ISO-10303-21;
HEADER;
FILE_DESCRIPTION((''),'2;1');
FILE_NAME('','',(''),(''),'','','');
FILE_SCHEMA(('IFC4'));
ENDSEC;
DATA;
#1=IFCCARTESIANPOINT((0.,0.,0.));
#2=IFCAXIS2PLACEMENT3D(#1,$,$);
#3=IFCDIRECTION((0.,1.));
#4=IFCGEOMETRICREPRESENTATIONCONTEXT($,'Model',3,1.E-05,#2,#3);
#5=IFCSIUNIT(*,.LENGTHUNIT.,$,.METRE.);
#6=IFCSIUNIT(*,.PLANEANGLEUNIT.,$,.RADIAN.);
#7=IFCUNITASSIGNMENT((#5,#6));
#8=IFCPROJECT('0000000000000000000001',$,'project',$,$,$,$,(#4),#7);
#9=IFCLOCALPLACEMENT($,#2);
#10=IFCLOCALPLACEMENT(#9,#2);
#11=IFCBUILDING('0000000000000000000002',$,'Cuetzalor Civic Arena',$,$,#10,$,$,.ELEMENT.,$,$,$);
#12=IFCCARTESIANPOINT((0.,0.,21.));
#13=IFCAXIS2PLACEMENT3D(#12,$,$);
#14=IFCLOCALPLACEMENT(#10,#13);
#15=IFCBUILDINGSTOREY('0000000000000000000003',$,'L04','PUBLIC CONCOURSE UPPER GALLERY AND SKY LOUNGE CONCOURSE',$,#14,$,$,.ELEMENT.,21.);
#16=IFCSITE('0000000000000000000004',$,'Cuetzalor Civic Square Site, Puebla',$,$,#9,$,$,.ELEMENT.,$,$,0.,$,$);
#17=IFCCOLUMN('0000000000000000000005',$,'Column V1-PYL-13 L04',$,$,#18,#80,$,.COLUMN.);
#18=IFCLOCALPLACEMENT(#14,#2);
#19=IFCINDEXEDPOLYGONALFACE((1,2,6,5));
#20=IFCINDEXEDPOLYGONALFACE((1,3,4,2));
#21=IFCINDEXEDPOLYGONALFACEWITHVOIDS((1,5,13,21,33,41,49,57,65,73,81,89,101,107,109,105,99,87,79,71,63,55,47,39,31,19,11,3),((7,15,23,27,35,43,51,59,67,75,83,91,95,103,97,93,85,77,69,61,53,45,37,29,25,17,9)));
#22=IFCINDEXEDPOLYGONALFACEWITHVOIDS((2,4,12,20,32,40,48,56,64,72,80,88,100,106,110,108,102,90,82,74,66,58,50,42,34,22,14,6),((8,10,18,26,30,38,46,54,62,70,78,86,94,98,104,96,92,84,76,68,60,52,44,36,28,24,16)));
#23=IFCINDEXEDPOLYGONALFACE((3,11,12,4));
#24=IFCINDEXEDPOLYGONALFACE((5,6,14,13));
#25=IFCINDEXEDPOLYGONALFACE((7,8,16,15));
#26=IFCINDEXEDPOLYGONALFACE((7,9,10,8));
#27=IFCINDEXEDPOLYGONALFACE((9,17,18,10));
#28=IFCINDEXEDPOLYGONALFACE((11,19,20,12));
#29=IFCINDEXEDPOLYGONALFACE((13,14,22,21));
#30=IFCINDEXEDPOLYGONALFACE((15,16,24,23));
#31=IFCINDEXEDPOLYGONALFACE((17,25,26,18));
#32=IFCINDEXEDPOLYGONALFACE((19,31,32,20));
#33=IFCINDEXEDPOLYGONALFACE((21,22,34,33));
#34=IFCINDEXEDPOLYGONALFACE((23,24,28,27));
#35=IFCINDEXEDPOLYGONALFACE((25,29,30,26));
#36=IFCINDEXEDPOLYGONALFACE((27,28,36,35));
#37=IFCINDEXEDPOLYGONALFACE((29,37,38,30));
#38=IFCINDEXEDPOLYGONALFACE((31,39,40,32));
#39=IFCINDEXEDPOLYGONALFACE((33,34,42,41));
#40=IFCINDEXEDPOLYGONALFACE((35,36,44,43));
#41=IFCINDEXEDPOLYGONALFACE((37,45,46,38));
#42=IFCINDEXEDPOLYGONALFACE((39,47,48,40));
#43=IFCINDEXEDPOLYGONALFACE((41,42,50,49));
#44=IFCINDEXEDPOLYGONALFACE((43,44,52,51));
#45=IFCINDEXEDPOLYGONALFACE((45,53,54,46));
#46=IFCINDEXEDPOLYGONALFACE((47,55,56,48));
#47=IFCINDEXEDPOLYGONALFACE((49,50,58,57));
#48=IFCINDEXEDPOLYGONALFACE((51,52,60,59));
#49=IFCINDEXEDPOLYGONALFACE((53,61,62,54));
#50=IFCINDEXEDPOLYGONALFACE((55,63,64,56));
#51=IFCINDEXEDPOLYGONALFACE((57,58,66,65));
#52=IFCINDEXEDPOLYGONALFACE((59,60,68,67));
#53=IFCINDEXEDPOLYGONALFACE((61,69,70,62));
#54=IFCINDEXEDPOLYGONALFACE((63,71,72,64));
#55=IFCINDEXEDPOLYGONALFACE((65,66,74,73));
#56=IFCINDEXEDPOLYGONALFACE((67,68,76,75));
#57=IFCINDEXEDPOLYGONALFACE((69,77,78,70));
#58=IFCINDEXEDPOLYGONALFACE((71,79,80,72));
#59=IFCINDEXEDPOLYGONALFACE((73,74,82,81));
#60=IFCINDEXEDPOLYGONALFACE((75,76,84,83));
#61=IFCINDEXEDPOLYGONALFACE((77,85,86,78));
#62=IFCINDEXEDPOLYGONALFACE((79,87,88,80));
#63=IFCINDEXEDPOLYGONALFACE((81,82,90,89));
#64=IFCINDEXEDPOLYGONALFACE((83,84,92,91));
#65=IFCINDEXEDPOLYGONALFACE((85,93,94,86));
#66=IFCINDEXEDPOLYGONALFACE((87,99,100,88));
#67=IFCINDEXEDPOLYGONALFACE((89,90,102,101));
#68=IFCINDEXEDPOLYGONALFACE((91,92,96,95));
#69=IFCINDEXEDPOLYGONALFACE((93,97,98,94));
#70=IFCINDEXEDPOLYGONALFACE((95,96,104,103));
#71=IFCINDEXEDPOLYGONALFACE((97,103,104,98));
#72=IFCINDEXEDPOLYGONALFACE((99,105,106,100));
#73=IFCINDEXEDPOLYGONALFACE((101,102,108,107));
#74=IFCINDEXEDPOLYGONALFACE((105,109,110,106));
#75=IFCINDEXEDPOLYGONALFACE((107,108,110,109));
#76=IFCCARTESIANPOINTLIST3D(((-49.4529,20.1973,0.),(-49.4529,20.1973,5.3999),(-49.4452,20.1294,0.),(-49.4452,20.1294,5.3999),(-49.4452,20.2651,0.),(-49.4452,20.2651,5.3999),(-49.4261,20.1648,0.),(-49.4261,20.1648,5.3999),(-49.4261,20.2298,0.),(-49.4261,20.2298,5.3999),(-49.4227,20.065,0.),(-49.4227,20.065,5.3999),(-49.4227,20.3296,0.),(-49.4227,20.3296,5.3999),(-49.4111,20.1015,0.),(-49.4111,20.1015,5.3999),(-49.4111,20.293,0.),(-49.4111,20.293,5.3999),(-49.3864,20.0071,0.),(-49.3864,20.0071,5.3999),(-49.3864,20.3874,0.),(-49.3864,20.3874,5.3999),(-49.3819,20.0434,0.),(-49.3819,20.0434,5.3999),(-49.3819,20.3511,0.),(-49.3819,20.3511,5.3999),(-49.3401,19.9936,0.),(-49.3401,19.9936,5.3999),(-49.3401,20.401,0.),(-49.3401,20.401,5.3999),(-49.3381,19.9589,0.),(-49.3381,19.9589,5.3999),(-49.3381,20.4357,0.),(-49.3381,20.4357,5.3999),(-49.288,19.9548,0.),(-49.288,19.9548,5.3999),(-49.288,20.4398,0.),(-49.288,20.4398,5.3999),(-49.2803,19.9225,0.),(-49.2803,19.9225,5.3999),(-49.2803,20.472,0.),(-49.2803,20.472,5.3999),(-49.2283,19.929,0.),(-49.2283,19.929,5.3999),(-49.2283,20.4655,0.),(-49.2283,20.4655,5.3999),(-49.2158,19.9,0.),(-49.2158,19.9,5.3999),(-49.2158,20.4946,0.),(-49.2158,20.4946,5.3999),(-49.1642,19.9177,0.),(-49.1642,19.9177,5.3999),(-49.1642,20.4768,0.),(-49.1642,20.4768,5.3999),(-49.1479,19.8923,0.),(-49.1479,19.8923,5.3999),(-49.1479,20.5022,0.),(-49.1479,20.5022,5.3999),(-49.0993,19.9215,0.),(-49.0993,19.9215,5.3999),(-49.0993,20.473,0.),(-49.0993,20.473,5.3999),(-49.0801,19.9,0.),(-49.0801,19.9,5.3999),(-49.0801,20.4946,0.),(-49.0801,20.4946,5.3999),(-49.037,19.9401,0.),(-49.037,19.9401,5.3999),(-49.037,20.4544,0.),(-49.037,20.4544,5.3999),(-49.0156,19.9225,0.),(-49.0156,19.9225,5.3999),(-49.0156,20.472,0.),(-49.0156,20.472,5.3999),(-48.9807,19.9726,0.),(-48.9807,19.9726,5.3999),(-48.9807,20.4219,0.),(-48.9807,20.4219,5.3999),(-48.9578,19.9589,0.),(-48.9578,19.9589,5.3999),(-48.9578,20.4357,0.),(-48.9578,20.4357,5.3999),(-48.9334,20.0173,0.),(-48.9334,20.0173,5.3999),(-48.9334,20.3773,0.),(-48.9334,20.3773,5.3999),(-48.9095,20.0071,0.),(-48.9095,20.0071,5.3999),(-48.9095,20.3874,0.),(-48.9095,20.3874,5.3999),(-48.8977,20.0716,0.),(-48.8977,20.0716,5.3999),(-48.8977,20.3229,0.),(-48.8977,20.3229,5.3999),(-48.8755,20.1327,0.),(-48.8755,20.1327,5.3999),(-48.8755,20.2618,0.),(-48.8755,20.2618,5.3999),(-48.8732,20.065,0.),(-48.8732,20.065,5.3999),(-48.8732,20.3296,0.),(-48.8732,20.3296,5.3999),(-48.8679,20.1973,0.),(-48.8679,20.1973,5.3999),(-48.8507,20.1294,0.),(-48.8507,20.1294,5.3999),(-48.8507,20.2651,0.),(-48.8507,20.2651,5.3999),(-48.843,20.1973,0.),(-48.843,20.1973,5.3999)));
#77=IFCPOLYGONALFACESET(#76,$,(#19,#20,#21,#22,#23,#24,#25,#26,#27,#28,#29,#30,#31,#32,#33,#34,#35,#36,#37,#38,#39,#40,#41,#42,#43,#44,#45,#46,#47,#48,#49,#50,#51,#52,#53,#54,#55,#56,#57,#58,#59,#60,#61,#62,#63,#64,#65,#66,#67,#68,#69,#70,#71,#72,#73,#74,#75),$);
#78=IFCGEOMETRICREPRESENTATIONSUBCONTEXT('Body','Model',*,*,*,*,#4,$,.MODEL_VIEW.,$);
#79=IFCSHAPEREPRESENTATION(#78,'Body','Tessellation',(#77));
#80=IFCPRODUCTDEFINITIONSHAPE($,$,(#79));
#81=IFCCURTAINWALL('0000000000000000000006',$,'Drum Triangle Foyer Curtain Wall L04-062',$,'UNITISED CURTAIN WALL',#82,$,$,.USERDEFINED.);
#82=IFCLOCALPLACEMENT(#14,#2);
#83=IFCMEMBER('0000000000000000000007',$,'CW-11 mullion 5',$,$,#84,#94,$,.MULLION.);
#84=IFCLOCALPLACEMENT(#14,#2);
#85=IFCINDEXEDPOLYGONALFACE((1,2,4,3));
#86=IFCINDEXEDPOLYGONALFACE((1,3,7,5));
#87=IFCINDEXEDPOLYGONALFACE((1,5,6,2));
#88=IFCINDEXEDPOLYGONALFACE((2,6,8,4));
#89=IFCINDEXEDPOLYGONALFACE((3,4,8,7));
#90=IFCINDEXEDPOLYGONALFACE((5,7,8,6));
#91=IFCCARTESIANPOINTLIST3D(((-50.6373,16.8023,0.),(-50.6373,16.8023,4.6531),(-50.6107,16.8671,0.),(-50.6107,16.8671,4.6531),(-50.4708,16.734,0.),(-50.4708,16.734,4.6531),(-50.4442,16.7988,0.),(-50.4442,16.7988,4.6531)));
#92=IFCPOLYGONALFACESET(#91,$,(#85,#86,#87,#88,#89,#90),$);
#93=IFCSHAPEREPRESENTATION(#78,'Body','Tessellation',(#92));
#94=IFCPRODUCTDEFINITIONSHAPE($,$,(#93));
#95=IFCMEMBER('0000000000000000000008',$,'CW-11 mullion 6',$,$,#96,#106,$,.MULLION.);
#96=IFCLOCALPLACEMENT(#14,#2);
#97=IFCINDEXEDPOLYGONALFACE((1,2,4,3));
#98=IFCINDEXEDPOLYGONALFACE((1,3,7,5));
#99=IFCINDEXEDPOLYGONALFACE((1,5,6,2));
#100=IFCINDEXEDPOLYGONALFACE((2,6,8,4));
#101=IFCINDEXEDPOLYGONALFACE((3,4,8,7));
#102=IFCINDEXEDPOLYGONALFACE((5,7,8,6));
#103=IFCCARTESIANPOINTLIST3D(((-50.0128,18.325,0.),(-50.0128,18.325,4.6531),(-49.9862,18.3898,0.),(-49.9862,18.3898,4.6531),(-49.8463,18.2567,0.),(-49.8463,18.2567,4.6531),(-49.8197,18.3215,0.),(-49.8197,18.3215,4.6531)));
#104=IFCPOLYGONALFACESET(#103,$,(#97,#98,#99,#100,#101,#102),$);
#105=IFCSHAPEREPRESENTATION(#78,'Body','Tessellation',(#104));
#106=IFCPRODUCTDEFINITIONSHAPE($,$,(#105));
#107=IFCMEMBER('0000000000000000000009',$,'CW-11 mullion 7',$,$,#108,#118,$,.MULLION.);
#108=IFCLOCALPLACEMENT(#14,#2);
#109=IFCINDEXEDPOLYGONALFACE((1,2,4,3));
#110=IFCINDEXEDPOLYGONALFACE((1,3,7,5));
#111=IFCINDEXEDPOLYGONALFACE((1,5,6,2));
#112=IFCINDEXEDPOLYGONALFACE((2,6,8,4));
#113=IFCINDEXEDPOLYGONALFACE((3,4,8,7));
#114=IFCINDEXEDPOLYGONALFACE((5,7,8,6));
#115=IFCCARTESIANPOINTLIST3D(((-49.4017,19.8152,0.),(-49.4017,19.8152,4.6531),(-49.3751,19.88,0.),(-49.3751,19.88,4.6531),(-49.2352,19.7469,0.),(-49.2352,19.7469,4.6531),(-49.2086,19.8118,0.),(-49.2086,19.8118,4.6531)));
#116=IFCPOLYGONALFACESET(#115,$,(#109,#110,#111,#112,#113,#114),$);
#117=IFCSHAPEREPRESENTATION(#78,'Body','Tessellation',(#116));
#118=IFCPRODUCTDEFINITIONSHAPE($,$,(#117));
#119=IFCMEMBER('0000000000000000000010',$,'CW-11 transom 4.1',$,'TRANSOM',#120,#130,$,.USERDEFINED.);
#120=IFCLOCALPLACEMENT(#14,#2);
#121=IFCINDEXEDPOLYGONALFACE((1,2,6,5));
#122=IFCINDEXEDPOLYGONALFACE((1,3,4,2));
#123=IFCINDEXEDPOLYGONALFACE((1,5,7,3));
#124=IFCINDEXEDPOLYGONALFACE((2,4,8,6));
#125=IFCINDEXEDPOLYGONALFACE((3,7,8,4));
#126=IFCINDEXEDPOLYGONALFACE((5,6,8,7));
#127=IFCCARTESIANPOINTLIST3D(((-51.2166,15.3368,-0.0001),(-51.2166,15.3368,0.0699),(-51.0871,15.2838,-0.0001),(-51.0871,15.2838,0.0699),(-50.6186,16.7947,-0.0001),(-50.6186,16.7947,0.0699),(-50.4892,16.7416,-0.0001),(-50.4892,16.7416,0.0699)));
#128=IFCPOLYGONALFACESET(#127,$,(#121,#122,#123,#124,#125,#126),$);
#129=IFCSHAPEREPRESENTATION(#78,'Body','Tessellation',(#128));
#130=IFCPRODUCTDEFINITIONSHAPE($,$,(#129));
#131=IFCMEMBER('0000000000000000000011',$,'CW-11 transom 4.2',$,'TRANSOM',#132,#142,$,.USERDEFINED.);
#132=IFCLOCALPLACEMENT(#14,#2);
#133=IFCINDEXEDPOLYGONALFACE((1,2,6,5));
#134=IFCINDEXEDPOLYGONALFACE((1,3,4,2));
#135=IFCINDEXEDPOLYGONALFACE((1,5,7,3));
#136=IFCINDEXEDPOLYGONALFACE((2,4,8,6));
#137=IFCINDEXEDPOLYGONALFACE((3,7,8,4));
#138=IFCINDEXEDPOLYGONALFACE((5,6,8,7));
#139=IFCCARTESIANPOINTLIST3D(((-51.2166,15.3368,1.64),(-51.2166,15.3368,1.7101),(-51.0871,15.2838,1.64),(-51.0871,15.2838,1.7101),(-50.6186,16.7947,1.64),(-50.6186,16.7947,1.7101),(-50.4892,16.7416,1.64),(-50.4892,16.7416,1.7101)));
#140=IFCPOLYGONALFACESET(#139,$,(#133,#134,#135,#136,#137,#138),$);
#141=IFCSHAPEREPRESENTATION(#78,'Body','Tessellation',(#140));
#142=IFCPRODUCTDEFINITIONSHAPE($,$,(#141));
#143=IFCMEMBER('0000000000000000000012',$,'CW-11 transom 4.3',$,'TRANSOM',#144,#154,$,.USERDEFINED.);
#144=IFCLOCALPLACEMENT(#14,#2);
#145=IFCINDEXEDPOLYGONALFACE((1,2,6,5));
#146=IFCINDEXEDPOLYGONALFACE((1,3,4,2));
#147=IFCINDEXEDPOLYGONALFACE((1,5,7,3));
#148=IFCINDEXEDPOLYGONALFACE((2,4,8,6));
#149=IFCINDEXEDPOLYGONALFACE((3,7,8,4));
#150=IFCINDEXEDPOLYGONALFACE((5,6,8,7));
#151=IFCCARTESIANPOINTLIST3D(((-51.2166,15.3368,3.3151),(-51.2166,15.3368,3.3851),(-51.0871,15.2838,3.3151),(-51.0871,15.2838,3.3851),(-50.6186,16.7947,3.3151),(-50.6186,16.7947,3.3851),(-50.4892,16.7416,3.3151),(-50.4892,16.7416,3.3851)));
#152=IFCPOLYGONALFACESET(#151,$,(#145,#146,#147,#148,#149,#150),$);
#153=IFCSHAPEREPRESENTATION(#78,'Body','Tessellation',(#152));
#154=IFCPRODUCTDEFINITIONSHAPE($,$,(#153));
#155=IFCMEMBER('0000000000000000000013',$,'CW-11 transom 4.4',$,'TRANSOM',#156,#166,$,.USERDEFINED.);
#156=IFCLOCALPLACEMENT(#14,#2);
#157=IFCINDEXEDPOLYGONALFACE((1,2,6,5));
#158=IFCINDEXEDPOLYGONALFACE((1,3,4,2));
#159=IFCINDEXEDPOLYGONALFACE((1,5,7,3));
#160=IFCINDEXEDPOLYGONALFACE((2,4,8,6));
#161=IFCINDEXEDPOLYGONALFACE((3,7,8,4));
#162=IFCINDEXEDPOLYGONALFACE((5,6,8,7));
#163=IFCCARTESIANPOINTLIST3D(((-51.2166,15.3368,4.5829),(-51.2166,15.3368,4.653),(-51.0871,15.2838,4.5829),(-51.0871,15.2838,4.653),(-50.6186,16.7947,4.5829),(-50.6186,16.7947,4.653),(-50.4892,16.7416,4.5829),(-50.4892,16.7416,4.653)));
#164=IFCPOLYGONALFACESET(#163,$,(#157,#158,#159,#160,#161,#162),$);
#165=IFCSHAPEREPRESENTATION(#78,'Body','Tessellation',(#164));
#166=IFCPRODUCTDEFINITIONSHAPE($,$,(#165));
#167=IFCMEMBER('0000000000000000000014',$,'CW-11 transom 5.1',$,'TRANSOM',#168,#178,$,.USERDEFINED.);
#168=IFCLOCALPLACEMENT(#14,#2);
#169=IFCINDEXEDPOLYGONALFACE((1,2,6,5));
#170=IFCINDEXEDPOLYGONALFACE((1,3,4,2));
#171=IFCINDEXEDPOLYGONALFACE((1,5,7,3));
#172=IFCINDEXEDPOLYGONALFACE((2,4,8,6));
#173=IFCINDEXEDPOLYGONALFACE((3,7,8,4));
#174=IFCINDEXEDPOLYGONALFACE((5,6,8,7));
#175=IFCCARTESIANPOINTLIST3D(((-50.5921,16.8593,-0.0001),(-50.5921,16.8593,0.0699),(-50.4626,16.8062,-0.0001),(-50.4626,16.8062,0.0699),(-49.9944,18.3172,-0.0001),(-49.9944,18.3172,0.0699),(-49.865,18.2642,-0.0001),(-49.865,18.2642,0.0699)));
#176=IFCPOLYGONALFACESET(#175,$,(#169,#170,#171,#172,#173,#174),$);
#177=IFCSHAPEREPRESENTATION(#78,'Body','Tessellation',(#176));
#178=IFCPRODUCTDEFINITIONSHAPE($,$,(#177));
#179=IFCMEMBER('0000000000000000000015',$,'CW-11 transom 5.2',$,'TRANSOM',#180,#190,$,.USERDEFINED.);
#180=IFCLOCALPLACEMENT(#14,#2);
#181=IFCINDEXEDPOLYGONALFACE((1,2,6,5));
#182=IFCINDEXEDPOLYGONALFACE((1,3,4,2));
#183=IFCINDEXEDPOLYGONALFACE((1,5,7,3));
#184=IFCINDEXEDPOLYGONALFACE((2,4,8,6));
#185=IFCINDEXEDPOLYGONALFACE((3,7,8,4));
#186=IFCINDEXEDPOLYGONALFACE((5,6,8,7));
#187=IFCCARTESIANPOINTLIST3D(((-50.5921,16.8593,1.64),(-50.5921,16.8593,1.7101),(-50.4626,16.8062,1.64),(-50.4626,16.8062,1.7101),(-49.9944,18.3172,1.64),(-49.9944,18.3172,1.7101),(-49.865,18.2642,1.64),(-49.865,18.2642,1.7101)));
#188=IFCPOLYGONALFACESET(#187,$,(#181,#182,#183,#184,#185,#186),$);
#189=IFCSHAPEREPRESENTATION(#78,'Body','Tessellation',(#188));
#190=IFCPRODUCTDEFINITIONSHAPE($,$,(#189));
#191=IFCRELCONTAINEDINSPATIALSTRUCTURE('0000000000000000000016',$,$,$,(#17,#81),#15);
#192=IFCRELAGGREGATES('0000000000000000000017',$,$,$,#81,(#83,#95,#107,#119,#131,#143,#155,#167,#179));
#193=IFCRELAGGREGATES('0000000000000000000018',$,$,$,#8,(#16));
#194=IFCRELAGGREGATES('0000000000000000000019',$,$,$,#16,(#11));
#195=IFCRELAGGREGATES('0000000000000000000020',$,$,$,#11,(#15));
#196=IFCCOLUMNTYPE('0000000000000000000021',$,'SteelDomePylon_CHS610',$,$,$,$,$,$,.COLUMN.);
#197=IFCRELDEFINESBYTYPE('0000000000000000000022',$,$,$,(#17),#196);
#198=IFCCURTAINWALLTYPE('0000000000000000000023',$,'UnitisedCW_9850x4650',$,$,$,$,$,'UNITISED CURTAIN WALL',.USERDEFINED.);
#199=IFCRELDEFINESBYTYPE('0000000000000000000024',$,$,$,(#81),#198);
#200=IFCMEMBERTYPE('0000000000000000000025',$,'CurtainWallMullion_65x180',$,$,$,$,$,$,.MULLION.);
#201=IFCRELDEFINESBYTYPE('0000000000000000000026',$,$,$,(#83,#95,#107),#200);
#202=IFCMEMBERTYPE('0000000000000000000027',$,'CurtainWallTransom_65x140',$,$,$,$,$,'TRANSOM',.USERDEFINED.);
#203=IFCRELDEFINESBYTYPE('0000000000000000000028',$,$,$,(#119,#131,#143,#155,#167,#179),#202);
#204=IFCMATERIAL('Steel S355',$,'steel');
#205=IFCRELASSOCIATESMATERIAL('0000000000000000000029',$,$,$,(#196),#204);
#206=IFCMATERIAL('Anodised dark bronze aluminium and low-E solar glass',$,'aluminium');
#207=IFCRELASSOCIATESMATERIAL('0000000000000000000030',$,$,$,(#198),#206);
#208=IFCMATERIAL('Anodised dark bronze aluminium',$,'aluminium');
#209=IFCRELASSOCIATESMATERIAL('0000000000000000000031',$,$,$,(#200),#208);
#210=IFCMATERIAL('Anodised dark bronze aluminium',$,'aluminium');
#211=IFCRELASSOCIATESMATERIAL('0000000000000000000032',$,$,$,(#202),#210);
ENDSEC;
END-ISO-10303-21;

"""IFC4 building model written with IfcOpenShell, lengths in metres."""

from ifc_helpers import new_model, si_unit, direction, frame, origin, origin_2d, place, context, subcontext, project, spatial, rectangle, hollow_circle, extrude, material, material_profile, profile_set, type_object, element, aggregate, save


model = new_model("IFC4")

# Units and contexts
model_context = context("Model", 3, precision=1e-05, world=origin(), true_north=direction((0.0, 1.0)))
body_context = subcontext(model_context, "Body", "Model", "MODEL_VIEW")
ifc_project = project(units=[si_unit("LENGTHUNIT", "METRE"), si_unit("PLANEANGLEUNIT", "RADIAN")], contexts=[model_context])

# Site, building, storey
site_placement = place(None, origin())
site = spatial("IfcSite", under=ifc_project, at=site_placement, Name="Cuetzalor Civic Square Site, Puebla", CompositionType="ELEMENT", RefElevation=0.0)
building_placement = place(site_placement, origin())
building = spatial("IfcBuilding", under=site, at=building_placement, Name="Cuetzalor Civic Arena", CompositionType="ELEMENT")
storey_placement = place(building_placement, frame((0.0, 0.0, 21.0)))
storey = spatial("IfcBuildingStorey", under=building, at=storey_placement, Name="L04", Description="PUBLIC CONCOURSE UPPER GALLERY AND SKY LOUNGE CONCOURSE", CompositionType="ELEMENT", Elevation=21.0)

# Column
ifc_material_1 = material(Name="Steel S355", Category="steel")
ifc_material_profile_1 = material_profile(ifc_material_1, hollow_circle(Radius=0.3049, WallThickness=0.0249, at=origin_2d()), Name="CHS 610x25")
ifc_profile_set_1 = profile_set([ifc_material_profile_1], Name="Steel S355")
column_type = type_object("IfcColumnType", Name="SteelDomePylon_CHS610", PredefinedType="COLUMN", material=ifc_profile_set_1)
column_placement = place(storey_placement, frame((-49.1479, 20.1973, 0.0), z_axis=(0.0, 0.0, 1.0), x_axis=(1.0, 0.0, 0.0)))
element("IfcColumn", 1, at=column_placement, inside=storey, type_object=column_type, Name="Column V1-PYL-13 L04", PredefinedType="COLUMN", context=body_context, shape_type="SweptSolid", body=[
    extrude(hollow_circle(Radius=0.3049, WallThickness=0.0249, at=origin_2d()), origin(), (0.0, 0.0, 1.0), 5.3999),
])

# Curtain wall, members
ifc_material_2 = material(Name="Anodised dark bronze aluminium and low-E solar glass", Category="aluminium")
curtain_wall_type = type_object("IfcCurtainWallType", Name="UnitisedCW_9850x4650", ElementType="UNITISED CURTAIN WALL", PredefinedType="USERDEFINED", material=ifc_material_2)
curtain_wall_placement = place(storey_placement, origin())
curtain_wall = element("IfcCurtainWall", 2, at=curtain_wall_placement, inside=storey, type_object=curtain_wall_type, Name="Drum Triangle Foyer Curtain Wall L04-062", ObjectType="UNITISED CURTAIN WALL", PredefinedType="USERDEFINED")
ifc_material_3 = material(Name="Anodised dark bronze aluminium", Category="aluminium")
ifc_material_profile_2 = material_profile(ifc_material_3, rectangle(XDim=0.0701, YDim=0.1799, at=origin_2d()), Name="ALU MULLION 70x180")
ifc_profile_set_2 = profile_set([ifc_material_profile_2], Name="Anodised dark bronze aluminium")
member_type_1 = type_object("IfcMemberType", Name="CurtainWallMullion_65x180", PredefinedType="MULLION", material=ifc_profile_set_2)
member_1_placement = place(storey_placement, frame((-50.5408, 16.8005, 0.0), z_axis=(0.0, 0.0, 1.0), x_axis=(0.379391, 0.925236, 0.0)))
member_1 = element("IfcMember", 3, at=member_1_placement, type_object=member_type_1, Name="CW-11 mullion 5", PredefinedType="MULLION", context=body_context, shape_type="SweptSolid", body=[
    extrude(rectangle(XDim=0.0701, YDim=0.1799, at=origin_2d()), origin(), (0.0, 0.0, 1.0), 4.6531),
])
member_2_placement = place(storey_placement, frame((-49.9163, 18.3232, 0.0), z_axis=(0.0, 0.0, 1.0), x_axis=(0.379391, 0.925236, 0.0)))
member_2 = element("IfcMember", 4, at=member_2_placement, type_object=member_type_1, Name="CW-11 mullion 6", PredefinedType="MULLION", context=body_context, shape_type="SweptSolid", body=[
    extrude(rectangle(XDim=0.0701, YDim=0.1799, at=origin_2d()), origin(), (0.0, 0.0, 1.0), 4.6531),
])
member_3_placement = place(storey_placement, frame((-49.3052, 19.8135, 0.0), z_axis=(0.0, 0.0, 1.0), x_axis=(0.379391, 0.925236, 0.0)))
member_3 = element("IfcMember", 5, at=member_3_placement, type_object=member_type_1, Name="CW-11 mullion 7", PredefinedType="MULLION", context=body_context, shape_type="SweptSolid", body=[
    extrude(rectangle(XDim=0.0701, YDim=0.1799, at=origin_2d()), origin(), (0.0, 0.0, 1.0), 4.6531),
])
ifc_material_4 = material(Name="Anodised dark bronze aluminium", Category="aluminium")
ifc_material_profile_3 = material_profile(ifc_material_4, rectangle(XDim=0.1399, YDim=0.0701, at=origin_2d()), Name="ALU TRANSOM 70x140")
ifc_profile_set_3 = profile_set([ifc_material_profile_3], Name="Anodised dark bronze aluminium")
member_type_2 = type_object("IfcMemberType", Name="CurtainWallTransom_65x140", ElementType="TRANSOM", PredefinedType="USERDEFINED", material=ifc_profile_set_3)
member_4_placement = place(storey_placement, frame((-51.1519, 15.3103, 0.0349), z_axis=(0.379471, 0.925203, 0.0), x_axis=(-0.925203, 0.379471, 0.0)))
member_4 = element("IfcMember", 6, at=member_4_placement, type_object=member_type_2, Name="CW-11 transom 4.1", ObjectType="TRANSOM", PredefinedType="USERDEFINED", context=body_context, shape_type="SweptSolid", body=[
    extrude(rectangle(XDim=0.1399, YDim=0.0701, at=origin_2d()), origin(), (0.0, 0.0, 1.0), 1.5757),
])
member_5_placement = place(storey_placement, frame((-51.1519, 15.3103, 1.675), z_axis=(0.379471, 0.925203, 0.0), x_axis=(-0.925203, 0.379471, 0.0)))
member_5 = element("IfcMember", 7, at=member_5_placement, type_object=member_type_2, Name="CW-11 transom 4.2", ObjectType="TRANSOM", PredefinedType="USERDEFINED", context=body_context, shape_type="SweptSolid", body=[
    extrude(rectangle(XDim=0.1399, YDim=0.0701, at=origin_2d()), origin(), (0.0, 0.0, 1.0), 1.5757),
])
member_6_placement = place(storey_placement, frame((-51.1519, 15.3103, 3.3501), z_axis=(0.379471, 0.925203, 0.0), x_axis=(-0.925203, 0.379471, 0.0)))
member_6 = element("IfcMember", 8, at=member_6_placement, type_object=member_type_2, Name="CW-11 transom 4.3", ObjectType="TRANSOM", PredefinedType="USERDEFINED", context=body_context, shape_type="SweptSolid", body=[
    extrude(rectangle(XDim=0.1399, YDim=0.0701, at=origin_2d()), origin(), (0.0, 0.0, 1.0), 1.5757),
])
member_7_placement = place(storey_placement, frame((-51.1519, 15.3103, 4.6179), z_axis=(0.379471, 0.925203, 0.0), x_axis=(-0.925203, 0.379471, 0.0)))
member_7 = element("IfcMember", 9, at=member_7_placement, type_object=member_type_2, Name="CW-11 transom 4.4", ObjectType="TRANSOM", PredefinedType="USERDEFINED", context=body_context, shape_type="SweptSolid", body=[
    extrude(rectangle(XDim=0.1399, YDim=0.0701, at=origin_2d()), origin(), (0.0, 0.0, 1.0), 1.5757),
])
member_8_placement = place(storey_placement, frame((-50.5273, 16.8328, 0.0349), z_axis=(0.379284, 0.92528, 0.0), x_axis=(-0.92528, 0.379284, 0.0)))
member_8 = element("IfcMember", 10, at=member_8_placement, type_object=member_type_2, Name="CW-11 transom 5.1", ObjectType="TRANSOM", PredefinedType="USERDEFINED", context=body_context, shape_type="SweptSolid", body=[
    extrude(rectangle(XDim=0.1399, YDim=0.0701, at=origin_2d()), origin(), (0.0, 0.0, 1.0), 1.5757),
])
member_9_placement = place(storey_placement, frame((-50.5273, 16.8328, 1.675), z_axis=(0.379284, 0.92528, 0.0), x_axis=(-0.92528, 0.379284, 0.0)))
member_9 = element("IfcMember", 11, at=member_9_placement, type_object=member_type_2, Name="CW-11 transom 5.2", ObjectType="TRANSOM", PredefinedType="USERDEFINED", context=body_context, shape_type="SweptSolid", body=[
    extrude(rectangle(XDim=0.1399, YDim=0.0701, at=origin_2d()), origin(), (0.0, 0.0, 1.0), 1.5757),
])

aggregate(curtain_wall, [member_1, member_2, member_3, member_4, member_5, member_6, member_7, member_8, member_9])

save(model, "model.ifc")
